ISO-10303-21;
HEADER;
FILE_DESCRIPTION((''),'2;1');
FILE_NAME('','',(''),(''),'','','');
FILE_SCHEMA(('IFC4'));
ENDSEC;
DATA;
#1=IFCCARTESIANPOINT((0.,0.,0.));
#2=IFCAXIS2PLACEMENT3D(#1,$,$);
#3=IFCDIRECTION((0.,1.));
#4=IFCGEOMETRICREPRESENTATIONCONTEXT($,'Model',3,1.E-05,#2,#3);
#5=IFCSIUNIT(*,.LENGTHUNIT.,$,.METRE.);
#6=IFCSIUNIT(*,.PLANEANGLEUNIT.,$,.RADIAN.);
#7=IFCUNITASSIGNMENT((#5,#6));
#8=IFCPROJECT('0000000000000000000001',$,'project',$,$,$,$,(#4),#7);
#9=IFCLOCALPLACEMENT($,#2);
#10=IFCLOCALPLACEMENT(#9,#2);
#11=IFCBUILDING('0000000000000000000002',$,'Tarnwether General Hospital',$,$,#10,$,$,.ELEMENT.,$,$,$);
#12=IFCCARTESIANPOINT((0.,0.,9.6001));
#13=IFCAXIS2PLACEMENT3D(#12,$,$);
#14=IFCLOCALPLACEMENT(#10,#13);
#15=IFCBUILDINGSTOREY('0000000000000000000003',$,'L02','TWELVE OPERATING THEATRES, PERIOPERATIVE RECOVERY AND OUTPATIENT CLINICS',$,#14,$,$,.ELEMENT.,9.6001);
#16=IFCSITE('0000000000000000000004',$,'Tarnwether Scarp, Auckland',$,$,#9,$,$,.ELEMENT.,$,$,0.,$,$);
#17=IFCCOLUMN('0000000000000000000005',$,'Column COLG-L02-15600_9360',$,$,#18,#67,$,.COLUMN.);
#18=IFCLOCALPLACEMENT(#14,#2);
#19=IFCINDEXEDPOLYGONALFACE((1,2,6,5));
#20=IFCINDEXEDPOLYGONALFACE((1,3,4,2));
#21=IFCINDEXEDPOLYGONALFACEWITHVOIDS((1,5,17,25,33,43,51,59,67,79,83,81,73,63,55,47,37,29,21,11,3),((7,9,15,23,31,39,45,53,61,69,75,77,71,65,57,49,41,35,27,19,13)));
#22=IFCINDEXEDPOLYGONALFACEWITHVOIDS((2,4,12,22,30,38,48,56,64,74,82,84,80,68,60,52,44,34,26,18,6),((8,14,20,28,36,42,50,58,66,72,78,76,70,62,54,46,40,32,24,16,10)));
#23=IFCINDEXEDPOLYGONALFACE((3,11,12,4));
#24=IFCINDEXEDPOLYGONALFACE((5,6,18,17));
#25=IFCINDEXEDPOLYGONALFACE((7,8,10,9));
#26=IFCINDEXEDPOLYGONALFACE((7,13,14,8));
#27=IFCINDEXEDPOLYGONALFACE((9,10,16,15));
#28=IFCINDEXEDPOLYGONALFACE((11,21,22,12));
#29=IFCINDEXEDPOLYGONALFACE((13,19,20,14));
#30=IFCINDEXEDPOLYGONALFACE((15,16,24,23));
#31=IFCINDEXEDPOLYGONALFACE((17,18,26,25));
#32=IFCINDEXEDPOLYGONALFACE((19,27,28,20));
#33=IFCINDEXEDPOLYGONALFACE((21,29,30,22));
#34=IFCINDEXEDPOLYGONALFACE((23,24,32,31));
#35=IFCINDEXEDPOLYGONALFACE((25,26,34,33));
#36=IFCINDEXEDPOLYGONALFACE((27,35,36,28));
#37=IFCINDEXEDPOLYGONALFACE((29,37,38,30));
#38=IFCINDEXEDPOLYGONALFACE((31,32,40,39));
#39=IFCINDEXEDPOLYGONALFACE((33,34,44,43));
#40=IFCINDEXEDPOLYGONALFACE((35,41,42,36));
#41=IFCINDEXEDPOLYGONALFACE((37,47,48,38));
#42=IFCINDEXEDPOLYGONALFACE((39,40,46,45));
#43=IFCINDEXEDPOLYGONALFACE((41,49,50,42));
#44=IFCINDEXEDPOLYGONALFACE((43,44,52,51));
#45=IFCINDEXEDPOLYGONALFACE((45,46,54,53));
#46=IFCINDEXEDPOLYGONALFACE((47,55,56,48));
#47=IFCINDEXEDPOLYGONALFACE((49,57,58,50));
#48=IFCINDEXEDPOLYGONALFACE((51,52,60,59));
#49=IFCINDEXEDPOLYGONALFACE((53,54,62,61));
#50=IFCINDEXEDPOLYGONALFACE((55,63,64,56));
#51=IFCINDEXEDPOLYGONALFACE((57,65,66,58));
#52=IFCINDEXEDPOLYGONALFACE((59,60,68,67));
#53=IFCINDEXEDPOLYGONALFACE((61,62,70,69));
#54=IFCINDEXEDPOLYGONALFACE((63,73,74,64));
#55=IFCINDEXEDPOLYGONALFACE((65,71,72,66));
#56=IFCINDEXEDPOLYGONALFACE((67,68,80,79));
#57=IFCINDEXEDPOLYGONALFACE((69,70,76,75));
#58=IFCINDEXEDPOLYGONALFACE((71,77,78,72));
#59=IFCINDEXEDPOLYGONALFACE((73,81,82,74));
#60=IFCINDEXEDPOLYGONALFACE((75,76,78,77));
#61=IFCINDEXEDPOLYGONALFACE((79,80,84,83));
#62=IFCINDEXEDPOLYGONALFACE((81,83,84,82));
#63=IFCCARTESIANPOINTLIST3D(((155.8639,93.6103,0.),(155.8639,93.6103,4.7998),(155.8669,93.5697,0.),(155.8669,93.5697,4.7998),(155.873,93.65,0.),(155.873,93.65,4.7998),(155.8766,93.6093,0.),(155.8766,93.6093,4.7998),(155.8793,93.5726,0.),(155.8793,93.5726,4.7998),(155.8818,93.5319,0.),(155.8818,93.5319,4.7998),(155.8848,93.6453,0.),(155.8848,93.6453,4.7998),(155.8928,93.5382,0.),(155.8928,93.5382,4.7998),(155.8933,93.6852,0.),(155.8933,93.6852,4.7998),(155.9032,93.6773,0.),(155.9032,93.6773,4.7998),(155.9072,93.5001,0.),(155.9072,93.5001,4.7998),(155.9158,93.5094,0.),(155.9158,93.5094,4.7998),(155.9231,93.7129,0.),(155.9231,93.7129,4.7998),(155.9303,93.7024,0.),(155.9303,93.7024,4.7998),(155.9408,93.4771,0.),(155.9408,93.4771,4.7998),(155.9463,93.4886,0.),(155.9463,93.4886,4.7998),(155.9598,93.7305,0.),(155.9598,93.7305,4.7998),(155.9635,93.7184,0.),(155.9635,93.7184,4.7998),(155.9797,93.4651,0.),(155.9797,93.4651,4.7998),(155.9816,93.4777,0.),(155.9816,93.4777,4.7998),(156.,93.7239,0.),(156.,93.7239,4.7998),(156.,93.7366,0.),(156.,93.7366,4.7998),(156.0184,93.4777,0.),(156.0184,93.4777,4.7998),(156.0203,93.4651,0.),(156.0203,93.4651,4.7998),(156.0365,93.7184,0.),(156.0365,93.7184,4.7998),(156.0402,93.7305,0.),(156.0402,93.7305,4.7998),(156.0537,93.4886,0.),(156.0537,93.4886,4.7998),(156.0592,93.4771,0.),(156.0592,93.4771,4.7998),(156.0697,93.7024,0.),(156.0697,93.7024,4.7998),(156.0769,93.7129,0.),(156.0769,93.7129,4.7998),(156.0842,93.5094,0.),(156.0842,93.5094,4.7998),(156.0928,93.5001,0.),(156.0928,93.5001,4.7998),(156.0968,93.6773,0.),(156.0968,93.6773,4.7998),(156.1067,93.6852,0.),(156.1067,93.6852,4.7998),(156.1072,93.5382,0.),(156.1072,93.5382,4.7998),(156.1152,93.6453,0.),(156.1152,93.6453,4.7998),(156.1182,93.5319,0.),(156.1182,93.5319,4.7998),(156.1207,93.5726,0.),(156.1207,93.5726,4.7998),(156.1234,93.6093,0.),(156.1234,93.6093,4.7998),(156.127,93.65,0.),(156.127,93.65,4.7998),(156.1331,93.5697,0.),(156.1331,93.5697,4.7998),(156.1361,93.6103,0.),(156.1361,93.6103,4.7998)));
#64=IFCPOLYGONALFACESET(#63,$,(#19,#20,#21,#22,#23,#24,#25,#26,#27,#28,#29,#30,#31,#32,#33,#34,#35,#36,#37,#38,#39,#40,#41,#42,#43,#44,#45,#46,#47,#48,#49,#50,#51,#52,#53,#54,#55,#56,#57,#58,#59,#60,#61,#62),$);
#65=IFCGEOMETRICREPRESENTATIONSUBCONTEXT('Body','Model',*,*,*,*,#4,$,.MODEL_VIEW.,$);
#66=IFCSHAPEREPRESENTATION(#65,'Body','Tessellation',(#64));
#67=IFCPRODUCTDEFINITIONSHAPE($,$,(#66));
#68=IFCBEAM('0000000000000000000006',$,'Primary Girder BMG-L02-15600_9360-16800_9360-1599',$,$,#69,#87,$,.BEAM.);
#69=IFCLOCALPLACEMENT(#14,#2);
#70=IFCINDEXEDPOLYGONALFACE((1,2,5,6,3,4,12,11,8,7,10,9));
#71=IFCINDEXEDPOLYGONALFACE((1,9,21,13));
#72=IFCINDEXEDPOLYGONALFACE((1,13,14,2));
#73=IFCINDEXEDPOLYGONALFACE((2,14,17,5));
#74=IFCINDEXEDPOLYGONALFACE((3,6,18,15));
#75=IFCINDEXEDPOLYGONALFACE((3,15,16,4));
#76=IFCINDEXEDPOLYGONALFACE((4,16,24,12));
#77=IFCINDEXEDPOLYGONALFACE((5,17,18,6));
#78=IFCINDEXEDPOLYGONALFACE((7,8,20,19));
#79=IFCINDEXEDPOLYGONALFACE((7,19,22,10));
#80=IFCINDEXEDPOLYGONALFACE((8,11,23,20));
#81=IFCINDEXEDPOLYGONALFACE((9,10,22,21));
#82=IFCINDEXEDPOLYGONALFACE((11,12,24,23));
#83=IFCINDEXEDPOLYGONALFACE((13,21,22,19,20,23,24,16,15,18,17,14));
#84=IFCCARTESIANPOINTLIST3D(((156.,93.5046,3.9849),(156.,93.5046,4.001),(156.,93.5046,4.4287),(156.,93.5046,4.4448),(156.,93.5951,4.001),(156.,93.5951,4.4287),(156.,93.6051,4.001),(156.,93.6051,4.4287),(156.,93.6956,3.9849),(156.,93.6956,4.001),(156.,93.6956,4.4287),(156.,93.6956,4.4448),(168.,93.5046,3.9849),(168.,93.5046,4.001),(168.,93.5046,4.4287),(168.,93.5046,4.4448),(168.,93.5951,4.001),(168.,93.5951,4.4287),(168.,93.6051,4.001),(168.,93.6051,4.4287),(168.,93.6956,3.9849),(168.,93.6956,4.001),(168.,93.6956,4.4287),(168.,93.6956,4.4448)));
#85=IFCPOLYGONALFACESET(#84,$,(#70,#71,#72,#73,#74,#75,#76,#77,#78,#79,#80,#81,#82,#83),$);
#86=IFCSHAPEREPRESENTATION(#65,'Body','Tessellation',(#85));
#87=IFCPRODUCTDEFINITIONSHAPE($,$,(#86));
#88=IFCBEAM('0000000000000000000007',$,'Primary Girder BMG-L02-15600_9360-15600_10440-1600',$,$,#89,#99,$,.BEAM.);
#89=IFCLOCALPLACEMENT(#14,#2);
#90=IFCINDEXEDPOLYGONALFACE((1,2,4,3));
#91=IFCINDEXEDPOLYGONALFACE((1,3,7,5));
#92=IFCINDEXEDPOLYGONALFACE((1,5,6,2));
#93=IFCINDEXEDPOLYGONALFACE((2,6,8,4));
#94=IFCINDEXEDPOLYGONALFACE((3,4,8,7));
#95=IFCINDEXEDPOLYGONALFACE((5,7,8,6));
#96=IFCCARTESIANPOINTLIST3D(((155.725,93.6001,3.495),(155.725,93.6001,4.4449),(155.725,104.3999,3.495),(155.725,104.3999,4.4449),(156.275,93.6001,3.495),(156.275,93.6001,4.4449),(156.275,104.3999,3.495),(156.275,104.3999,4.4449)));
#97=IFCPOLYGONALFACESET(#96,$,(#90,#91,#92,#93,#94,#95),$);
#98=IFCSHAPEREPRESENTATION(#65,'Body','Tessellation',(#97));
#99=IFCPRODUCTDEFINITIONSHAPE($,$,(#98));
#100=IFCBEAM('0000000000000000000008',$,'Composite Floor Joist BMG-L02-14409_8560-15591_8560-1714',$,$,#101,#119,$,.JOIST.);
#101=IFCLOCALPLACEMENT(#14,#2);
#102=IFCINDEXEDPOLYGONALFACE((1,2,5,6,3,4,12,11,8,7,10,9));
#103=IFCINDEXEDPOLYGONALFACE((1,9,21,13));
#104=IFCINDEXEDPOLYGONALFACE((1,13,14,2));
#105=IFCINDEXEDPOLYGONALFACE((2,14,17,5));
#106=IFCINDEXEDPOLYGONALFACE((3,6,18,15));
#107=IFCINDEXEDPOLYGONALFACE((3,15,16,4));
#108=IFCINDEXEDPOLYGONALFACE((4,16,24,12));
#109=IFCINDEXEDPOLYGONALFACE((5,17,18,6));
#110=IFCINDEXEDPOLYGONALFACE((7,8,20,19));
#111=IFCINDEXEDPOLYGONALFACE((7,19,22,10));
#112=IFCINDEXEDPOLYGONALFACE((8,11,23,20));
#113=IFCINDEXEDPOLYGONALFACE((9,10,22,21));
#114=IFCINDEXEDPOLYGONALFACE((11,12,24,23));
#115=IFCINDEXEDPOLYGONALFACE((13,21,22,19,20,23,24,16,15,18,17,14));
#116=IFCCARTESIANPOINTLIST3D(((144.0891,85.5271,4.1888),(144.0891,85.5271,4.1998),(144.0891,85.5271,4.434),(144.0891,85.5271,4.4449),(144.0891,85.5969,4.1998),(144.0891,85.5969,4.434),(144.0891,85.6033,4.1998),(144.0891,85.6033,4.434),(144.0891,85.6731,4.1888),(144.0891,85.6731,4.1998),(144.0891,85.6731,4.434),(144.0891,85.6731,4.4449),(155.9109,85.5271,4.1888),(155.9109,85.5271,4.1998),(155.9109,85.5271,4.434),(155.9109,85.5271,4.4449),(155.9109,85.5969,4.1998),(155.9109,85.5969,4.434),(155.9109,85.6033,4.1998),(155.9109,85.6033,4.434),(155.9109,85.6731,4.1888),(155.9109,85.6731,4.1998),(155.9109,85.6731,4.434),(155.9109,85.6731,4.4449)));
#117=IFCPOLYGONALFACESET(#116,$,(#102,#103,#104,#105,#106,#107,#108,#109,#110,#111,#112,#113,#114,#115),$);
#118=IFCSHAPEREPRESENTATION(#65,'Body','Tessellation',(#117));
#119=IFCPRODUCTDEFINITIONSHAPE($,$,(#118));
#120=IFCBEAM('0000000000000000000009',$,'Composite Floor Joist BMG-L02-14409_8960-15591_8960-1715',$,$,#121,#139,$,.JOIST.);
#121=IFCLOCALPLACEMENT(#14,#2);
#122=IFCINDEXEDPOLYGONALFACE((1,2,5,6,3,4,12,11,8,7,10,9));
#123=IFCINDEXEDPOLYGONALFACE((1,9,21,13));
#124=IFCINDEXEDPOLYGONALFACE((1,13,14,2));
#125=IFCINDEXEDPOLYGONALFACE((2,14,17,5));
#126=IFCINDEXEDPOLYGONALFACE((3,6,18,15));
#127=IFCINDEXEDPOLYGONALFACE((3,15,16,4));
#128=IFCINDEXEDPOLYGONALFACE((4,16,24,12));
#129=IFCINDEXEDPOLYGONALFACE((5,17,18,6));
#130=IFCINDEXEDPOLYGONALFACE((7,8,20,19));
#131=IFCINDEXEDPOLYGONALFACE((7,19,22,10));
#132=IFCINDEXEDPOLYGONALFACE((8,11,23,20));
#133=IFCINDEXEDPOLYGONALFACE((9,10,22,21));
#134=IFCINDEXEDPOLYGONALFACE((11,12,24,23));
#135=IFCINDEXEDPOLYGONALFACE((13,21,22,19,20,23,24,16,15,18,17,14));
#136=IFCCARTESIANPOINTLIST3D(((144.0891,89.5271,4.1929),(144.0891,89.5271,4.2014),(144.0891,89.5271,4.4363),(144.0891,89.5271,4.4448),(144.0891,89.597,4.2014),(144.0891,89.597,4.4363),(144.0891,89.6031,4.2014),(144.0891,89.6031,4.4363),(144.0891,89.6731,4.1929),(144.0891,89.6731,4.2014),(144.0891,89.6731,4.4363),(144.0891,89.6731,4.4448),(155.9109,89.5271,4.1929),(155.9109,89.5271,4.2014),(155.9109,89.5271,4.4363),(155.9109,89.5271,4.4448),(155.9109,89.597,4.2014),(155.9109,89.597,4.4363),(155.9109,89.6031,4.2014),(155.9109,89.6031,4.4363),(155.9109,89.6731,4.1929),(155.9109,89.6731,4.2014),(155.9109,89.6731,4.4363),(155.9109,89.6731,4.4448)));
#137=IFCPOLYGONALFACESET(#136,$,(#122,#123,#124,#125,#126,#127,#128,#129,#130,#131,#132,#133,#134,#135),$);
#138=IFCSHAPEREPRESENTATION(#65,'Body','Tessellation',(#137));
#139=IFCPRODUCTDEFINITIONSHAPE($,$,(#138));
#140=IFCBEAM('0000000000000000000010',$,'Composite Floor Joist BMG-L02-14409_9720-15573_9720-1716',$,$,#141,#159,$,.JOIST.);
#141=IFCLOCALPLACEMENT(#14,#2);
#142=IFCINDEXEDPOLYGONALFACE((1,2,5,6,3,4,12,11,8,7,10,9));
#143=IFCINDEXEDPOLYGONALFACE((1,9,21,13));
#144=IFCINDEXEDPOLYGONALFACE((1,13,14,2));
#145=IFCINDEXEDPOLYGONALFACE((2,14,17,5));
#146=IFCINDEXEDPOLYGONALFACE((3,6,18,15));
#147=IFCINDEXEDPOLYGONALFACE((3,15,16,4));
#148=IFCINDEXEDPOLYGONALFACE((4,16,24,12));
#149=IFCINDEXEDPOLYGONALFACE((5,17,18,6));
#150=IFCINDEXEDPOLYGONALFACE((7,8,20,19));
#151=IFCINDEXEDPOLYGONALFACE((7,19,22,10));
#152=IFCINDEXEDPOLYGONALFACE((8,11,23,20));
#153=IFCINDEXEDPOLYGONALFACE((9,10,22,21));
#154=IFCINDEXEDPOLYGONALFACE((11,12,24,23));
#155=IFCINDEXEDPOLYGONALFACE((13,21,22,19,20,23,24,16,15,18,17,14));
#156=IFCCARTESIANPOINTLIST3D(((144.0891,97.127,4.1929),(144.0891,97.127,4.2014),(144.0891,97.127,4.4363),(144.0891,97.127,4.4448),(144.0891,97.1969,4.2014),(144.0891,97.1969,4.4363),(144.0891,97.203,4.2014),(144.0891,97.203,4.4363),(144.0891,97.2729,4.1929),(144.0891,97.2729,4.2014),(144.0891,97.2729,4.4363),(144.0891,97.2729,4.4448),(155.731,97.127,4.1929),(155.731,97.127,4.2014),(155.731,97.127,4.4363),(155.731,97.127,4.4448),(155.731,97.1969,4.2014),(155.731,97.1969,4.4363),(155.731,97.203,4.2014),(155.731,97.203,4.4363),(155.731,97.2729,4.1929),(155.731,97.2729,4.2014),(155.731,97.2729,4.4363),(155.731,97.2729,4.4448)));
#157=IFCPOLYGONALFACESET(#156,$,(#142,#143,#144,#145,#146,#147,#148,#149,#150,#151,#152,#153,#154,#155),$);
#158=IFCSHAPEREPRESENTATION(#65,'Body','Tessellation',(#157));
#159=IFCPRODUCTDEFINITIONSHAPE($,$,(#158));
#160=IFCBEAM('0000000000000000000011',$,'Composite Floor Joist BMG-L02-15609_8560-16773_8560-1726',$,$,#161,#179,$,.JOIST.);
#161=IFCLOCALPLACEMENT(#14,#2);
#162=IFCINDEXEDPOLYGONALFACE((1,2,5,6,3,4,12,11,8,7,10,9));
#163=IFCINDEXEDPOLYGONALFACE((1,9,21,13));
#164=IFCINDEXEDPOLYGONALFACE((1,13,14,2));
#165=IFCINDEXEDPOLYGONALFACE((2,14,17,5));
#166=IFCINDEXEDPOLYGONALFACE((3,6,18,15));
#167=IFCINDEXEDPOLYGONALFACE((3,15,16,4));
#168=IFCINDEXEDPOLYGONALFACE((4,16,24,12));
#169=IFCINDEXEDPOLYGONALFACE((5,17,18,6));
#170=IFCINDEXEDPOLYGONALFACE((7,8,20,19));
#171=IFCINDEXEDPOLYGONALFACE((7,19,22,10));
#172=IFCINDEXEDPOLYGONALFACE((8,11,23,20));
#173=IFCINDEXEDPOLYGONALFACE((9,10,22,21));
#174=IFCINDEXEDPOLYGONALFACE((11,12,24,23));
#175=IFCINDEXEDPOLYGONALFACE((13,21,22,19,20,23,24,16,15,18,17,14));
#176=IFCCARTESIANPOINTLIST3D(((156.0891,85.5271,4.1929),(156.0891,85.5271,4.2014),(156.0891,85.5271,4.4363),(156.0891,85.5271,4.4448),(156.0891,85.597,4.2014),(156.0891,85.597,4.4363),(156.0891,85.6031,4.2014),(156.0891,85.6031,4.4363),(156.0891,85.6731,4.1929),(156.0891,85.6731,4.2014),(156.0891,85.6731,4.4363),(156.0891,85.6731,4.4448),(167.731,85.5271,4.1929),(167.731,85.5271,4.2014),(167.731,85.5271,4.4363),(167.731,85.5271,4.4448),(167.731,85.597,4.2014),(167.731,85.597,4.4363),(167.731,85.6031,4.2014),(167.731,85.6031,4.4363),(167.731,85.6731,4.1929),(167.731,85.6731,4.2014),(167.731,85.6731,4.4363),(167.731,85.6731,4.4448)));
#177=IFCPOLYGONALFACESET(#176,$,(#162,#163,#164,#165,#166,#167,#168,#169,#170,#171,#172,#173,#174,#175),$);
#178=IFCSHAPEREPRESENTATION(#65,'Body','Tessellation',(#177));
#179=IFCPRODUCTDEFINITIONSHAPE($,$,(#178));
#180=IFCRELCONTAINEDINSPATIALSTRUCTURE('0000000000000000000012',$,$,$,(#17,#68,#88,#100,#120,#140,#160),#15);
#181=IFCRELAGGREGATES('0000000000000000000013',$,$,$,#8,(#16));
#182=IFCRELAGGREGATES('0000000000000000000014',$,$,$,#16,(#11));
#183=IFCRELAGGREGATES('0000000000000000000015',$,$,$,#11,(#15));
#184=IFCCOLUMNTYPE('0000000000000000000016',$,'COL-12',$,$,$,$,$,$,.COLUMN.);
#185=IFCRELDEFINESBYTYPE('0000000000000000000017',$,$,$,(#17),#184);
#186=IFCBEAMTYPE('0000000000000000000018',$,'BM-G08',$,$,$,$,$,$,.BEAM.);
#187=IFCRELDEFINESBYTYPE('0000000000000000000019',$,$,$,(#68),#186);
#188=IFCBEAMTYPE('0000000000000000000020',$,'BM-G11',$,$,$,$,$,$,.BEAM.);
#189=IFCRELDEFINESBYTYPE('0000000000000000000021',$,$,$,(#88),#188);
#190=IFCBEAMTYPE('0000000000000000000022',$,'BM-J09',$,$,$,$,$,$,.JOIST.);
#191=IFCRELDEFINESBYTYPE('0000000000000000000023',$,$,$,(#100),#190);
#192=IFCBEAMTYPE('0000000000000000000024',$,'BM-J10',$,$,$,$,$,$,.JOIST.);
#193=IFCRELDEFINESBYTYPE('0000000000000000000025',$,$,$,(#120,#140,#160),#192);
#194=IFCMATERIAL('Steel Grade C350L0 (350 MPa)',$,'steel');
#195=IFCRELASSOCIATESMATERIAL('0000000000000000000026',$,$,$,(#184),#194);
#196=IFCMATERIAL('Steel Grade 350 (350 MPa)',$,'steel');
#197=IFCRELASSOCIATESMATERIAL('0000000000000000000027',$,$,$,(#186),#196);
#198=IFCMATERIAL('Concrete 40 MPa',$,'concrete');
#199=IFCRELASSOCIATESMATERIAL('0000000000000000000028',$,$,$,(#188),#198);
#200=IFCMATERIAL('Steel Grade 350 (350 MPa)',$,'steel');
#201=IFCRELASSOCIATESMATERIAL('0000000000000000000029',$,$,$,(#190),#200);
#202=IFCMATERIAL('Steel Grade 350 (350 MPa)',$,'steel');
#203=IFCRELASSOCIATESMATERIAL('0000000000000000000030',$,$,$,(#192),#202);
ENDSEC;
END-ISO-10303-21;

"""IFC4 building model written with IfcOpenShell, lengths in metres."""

from ifc_helpers import new_model, si_unit, direction, frame, origin, origin_2d, place, context, subcontext, project, spatial, rectangle, hollow_circle, i_section, extrude, material, material_profile, profile_set, type_object, element, save


model = new_model("IFC4")

# Units and contexts
model_context = context("Model", 3, precision=1e-05, world=origin(), true_north=direction((0.0, 1.0)))
body_context = subcontext(model_context, "Body", "Model", "MODEL_VIEW")
ifc_project = project(units=[si_unit("LENGTHUNIT", "METRE"), si_unit("PLANEANGLEUNIT", "RADIAN")], contexts=[model_context])

# Site, building, storey
site_placement = place(None, origin())
site = spatial("IfcSite", under=ifc_project, at=site_placement, Name="Tarnwether Scarp, Auckland", CompositionType="ELEMENT", RefElevation=0.0)
building_placement = place(site_placement, origin())
building = spatial("IfcBuilding", under=site, at=building_placement, Name="Tarnwether General Hospital", CompositionType="ELEMENT")
storey_placement = place(building_placement, frame((0.0, 0.0, 9.6001)))
storey = spatial("IfcBuildingStorey", under=building, at=storey_placement, Name="L02", Description="TWELVE OPERATING THEATRES, PERIOPERATIVE RECOVERY AND OUTPATIENT CLINICS", CompositionType="ELEMENT", Elevation=9.6001)

# Column
ifc_material_1 = material(Name="Steel Grade C350L0 (350 MPa)", Category="steel")
ifc_material_profile_1 = material_profile(ifc_material_1, hollow_circle(Radius=0.1365, WallThickness=0.0127, at=origin_2d()), Name="CHS273.1x12.7")
ifc_profile_set_1 = profile_set([ifc_material_profile_1], Name="Steel Grade C350L0 (350 MPa)")
column_type = type_object("IfcColumnType", Name="COL-12", PredefinedType="COLUMN", material=ifc_profile_set_1)
column_placement = place(storey_placement, frame((156.0, 93.6001, 0.0), z_axis=(0.0, 0.0, 1.0), x_axis=(0.0, 1.0, 0.0)))
element("IfcColumn", 1, at=column_placement, inside=storey, type_object=column_type, Name="Column COLG-L02-15600_9360", PredefinedType="COLUMN", context=body_context, shape_type="SweptSolid", body=[
    extrude(hollow_circle(Radius=0.1365, WallThickness=0.0127, at=origin_2d()), origin(), (0.0, 0.0, 1.0), 4.7998),
])

# Beams
ifc_material_2 = material(Name="Steel Grade 350 (350 MPa)", Category="steel")
ifc_material_profile_2 = material_profile(ifc_material_2, i_section(OverallWidth=0.1909, OverallDepth=0.46, WebThickness=0.01, FlangeThickness=0.0161, at=origin_2d()), Name="460UB82.1")
ifc_profile_set_2 = profile_set([ifc_material_profile_2], Name="Steel Grade 350 (350 MPa)")
beam_type_1 = type_object("IfcBeamType", Name="BM-G08", PredefinedType="BEAM", material=ifc_profile_set_2)
beam_1_placement = place(storey_placement, frame((156.0, 93.6001, 4.2148), z_axis=(1.0, 0.0, 0.0), x_axis=(0.0, 1.0, 0.0)))
element("IfcBeam", 2, at=beam_1_placement, inside=storey, type_object=beam_type_1, Name="Primary Girder BMG-L02-15600_9360-16800_9360-1599", PredefinedType="BEAM", context=body_context, shape_type="SweptSolid", body=[
    extrude(i_section(OverallWidth=0.1909, OverallDepth=0.46, WebThickness=0.01, FlangeThickness=0.0161, at=origin_2d()), origin(), (0.0, 0.0, 1.0), 12.0),
])
ifc_material_3 = material(Name="Concrete 40 MPa", Category="concrete")
ifc_material_profile_3 = material_profile(ifc_material_3, rectangle(XDim=0.55, YDim=0.95, at=origin_2d()), Name="RC-BM-550x950")
ifc_profile_set_3 = profile_set([ifc_material_profile_3], Name="Concrete 40 MPa")
beam_type_2 = type_object("IfcBeamType", Name="BM-G11", PredefinedType="BEAM", material=ifc_profile_set_3)
beam_2_placement = place(storey_placement, frame((156.0, 93.6001, 3.97), z_axis=(0.0, 1.0, 0.0), x_axis=(-1.0, 0.0, 0.0)))
element("IfcBeam", 3, at=beam_2_placement, inside=storey, type_object=beam_type_2, Name="Primary Girder BMG-L02-15600_9360-15600_10440-1600", PredefinedType="BEAM", context=body_context, shape_type="SweptSolid", body=[
    extrude(rectangle(XDim=0.55, YDim=0.95, at=origin_2d()), origin(), (0.0, 0.0, 1.0), 10.7998),
])
ifc_material_4 = material(Name="Steel Grade 350 (350 MPa)", Category="steel")
ifc_material_profile_4 = material_profile(ifc_material_4, i_section(OverallWidth=0.146, OverallDepth=0.2561, WebThickness=0.0063, FlangeThickness=0.011, at=origin_2d()), Name="250UB37.3")
ifc_profile_set_4 = profile_set([ifc_material_profile_4], Name="Steel Grade 350 (350 MPa)")
beam_type_3 = type_object("IfcBeamType", Name="BM-J09", PredefinedType="JOIST", material=ifc_profile_set_4)
beam_3_placement = place(storey_placement, frame((144.0891, 85.6001, 4.3169), z_axis=(1.0, 0.0, 0.0), x_axis=(0.0, 1.0, 0.0)))
element("IfcBeam", 4, at=beam_3_placement, inside=storey, type_object=beam_type_3, Name="Composite Floor Joist BMG-L02-14409_8560-15591_8560-1714", PredefinedType="JOIST", context=body_context, shape_type="SweptSolid", body=[
    extrude(i_section(OverallWidth=0.146, OverallDepth=0.2561, WebThickness=0.0063, FlangeThickness=0.011, at=origin_2d()), origin(), (0.0, 0.0, 1.0), 11.8218),
])
ifc_material_5 = material(Name="Steel Grade 350 (350 MPa)", Category="steel")
ifc_material_profile_5 = material_profile(ifc_material_5, i_section(OverallWidth=0.146, OverallDepth=0.252, WebThickness=0.0061, FlangeThickness=0.0085, at=origin_2d()), Name="250UB31.4")
ifc_profile_set_5 = profile_set([ifc_material_profile_5], Name="Steel Grade 350 (350 MPa)")
beam_type_4 = type_object("IfcBeamType", Name="BM-J10", PredefinedType="JOIST", material=ifc_profile_set_5)
beam_4_placement = place(storey_placement, frame((144.0891, 89.6001, 4.3188), z_axis=(1.0, 0.0, 0.0), x_axis=(0.0, 1.0, 0.0)))
element("IfcBeam", 5, at=beam_4_placement, inside=storey, type_object=beam_type_4, Name="Composite Floor Joist BMG-L02-14409_8960-15591_8960-1715", PredefinedType="JOIST", context=body_context, shape_type="SweptSolid", body=[
    extrude(i_section(OverallWidth=0.146, OverallDepth=0.252, WebThickness=0.0061, FlangeThickness=0.0085, at=origin_2d()), origin(), (0.0, 0.0, 1.0), 11.8218),
])
for number, where, z_axis, x_axis, name in (
    (6, (144.0891, 97.2, 4.3188), (1.0, 0.0, 0.0), (0.0, 1.0, 0.0), "Composite Floor Joist BMG-L02-14409_9720-15573_9720-1716"),
    (7, (156.0891, 85.6001, 4.3188), (1.0, 0.0, 0.0), (0.0, 1.0, 0.0), "Composite Floor Joist BMG-L02-15609_8560-16773_8560-1726"),
):
    element("IfcBeam", number, at=place(storey_placement, frame(where, z_axis=z_axis, x_axis=x_axis)), inside=storey, type_object=beam_type_4, Name=name, PredefinedType="JOIST", context=body_context, shape_type="SweptSolid", body=[
        extrude(i_section(OverallWidth=0.146, OverallDepth=0.252, WebThickness=0.0061, FlangeThickness=0.0085, at=origin_2d()), origin(), (0.0, 0.0, 1.0), 11.6418),
    ])

save(model, "model.ifc")
